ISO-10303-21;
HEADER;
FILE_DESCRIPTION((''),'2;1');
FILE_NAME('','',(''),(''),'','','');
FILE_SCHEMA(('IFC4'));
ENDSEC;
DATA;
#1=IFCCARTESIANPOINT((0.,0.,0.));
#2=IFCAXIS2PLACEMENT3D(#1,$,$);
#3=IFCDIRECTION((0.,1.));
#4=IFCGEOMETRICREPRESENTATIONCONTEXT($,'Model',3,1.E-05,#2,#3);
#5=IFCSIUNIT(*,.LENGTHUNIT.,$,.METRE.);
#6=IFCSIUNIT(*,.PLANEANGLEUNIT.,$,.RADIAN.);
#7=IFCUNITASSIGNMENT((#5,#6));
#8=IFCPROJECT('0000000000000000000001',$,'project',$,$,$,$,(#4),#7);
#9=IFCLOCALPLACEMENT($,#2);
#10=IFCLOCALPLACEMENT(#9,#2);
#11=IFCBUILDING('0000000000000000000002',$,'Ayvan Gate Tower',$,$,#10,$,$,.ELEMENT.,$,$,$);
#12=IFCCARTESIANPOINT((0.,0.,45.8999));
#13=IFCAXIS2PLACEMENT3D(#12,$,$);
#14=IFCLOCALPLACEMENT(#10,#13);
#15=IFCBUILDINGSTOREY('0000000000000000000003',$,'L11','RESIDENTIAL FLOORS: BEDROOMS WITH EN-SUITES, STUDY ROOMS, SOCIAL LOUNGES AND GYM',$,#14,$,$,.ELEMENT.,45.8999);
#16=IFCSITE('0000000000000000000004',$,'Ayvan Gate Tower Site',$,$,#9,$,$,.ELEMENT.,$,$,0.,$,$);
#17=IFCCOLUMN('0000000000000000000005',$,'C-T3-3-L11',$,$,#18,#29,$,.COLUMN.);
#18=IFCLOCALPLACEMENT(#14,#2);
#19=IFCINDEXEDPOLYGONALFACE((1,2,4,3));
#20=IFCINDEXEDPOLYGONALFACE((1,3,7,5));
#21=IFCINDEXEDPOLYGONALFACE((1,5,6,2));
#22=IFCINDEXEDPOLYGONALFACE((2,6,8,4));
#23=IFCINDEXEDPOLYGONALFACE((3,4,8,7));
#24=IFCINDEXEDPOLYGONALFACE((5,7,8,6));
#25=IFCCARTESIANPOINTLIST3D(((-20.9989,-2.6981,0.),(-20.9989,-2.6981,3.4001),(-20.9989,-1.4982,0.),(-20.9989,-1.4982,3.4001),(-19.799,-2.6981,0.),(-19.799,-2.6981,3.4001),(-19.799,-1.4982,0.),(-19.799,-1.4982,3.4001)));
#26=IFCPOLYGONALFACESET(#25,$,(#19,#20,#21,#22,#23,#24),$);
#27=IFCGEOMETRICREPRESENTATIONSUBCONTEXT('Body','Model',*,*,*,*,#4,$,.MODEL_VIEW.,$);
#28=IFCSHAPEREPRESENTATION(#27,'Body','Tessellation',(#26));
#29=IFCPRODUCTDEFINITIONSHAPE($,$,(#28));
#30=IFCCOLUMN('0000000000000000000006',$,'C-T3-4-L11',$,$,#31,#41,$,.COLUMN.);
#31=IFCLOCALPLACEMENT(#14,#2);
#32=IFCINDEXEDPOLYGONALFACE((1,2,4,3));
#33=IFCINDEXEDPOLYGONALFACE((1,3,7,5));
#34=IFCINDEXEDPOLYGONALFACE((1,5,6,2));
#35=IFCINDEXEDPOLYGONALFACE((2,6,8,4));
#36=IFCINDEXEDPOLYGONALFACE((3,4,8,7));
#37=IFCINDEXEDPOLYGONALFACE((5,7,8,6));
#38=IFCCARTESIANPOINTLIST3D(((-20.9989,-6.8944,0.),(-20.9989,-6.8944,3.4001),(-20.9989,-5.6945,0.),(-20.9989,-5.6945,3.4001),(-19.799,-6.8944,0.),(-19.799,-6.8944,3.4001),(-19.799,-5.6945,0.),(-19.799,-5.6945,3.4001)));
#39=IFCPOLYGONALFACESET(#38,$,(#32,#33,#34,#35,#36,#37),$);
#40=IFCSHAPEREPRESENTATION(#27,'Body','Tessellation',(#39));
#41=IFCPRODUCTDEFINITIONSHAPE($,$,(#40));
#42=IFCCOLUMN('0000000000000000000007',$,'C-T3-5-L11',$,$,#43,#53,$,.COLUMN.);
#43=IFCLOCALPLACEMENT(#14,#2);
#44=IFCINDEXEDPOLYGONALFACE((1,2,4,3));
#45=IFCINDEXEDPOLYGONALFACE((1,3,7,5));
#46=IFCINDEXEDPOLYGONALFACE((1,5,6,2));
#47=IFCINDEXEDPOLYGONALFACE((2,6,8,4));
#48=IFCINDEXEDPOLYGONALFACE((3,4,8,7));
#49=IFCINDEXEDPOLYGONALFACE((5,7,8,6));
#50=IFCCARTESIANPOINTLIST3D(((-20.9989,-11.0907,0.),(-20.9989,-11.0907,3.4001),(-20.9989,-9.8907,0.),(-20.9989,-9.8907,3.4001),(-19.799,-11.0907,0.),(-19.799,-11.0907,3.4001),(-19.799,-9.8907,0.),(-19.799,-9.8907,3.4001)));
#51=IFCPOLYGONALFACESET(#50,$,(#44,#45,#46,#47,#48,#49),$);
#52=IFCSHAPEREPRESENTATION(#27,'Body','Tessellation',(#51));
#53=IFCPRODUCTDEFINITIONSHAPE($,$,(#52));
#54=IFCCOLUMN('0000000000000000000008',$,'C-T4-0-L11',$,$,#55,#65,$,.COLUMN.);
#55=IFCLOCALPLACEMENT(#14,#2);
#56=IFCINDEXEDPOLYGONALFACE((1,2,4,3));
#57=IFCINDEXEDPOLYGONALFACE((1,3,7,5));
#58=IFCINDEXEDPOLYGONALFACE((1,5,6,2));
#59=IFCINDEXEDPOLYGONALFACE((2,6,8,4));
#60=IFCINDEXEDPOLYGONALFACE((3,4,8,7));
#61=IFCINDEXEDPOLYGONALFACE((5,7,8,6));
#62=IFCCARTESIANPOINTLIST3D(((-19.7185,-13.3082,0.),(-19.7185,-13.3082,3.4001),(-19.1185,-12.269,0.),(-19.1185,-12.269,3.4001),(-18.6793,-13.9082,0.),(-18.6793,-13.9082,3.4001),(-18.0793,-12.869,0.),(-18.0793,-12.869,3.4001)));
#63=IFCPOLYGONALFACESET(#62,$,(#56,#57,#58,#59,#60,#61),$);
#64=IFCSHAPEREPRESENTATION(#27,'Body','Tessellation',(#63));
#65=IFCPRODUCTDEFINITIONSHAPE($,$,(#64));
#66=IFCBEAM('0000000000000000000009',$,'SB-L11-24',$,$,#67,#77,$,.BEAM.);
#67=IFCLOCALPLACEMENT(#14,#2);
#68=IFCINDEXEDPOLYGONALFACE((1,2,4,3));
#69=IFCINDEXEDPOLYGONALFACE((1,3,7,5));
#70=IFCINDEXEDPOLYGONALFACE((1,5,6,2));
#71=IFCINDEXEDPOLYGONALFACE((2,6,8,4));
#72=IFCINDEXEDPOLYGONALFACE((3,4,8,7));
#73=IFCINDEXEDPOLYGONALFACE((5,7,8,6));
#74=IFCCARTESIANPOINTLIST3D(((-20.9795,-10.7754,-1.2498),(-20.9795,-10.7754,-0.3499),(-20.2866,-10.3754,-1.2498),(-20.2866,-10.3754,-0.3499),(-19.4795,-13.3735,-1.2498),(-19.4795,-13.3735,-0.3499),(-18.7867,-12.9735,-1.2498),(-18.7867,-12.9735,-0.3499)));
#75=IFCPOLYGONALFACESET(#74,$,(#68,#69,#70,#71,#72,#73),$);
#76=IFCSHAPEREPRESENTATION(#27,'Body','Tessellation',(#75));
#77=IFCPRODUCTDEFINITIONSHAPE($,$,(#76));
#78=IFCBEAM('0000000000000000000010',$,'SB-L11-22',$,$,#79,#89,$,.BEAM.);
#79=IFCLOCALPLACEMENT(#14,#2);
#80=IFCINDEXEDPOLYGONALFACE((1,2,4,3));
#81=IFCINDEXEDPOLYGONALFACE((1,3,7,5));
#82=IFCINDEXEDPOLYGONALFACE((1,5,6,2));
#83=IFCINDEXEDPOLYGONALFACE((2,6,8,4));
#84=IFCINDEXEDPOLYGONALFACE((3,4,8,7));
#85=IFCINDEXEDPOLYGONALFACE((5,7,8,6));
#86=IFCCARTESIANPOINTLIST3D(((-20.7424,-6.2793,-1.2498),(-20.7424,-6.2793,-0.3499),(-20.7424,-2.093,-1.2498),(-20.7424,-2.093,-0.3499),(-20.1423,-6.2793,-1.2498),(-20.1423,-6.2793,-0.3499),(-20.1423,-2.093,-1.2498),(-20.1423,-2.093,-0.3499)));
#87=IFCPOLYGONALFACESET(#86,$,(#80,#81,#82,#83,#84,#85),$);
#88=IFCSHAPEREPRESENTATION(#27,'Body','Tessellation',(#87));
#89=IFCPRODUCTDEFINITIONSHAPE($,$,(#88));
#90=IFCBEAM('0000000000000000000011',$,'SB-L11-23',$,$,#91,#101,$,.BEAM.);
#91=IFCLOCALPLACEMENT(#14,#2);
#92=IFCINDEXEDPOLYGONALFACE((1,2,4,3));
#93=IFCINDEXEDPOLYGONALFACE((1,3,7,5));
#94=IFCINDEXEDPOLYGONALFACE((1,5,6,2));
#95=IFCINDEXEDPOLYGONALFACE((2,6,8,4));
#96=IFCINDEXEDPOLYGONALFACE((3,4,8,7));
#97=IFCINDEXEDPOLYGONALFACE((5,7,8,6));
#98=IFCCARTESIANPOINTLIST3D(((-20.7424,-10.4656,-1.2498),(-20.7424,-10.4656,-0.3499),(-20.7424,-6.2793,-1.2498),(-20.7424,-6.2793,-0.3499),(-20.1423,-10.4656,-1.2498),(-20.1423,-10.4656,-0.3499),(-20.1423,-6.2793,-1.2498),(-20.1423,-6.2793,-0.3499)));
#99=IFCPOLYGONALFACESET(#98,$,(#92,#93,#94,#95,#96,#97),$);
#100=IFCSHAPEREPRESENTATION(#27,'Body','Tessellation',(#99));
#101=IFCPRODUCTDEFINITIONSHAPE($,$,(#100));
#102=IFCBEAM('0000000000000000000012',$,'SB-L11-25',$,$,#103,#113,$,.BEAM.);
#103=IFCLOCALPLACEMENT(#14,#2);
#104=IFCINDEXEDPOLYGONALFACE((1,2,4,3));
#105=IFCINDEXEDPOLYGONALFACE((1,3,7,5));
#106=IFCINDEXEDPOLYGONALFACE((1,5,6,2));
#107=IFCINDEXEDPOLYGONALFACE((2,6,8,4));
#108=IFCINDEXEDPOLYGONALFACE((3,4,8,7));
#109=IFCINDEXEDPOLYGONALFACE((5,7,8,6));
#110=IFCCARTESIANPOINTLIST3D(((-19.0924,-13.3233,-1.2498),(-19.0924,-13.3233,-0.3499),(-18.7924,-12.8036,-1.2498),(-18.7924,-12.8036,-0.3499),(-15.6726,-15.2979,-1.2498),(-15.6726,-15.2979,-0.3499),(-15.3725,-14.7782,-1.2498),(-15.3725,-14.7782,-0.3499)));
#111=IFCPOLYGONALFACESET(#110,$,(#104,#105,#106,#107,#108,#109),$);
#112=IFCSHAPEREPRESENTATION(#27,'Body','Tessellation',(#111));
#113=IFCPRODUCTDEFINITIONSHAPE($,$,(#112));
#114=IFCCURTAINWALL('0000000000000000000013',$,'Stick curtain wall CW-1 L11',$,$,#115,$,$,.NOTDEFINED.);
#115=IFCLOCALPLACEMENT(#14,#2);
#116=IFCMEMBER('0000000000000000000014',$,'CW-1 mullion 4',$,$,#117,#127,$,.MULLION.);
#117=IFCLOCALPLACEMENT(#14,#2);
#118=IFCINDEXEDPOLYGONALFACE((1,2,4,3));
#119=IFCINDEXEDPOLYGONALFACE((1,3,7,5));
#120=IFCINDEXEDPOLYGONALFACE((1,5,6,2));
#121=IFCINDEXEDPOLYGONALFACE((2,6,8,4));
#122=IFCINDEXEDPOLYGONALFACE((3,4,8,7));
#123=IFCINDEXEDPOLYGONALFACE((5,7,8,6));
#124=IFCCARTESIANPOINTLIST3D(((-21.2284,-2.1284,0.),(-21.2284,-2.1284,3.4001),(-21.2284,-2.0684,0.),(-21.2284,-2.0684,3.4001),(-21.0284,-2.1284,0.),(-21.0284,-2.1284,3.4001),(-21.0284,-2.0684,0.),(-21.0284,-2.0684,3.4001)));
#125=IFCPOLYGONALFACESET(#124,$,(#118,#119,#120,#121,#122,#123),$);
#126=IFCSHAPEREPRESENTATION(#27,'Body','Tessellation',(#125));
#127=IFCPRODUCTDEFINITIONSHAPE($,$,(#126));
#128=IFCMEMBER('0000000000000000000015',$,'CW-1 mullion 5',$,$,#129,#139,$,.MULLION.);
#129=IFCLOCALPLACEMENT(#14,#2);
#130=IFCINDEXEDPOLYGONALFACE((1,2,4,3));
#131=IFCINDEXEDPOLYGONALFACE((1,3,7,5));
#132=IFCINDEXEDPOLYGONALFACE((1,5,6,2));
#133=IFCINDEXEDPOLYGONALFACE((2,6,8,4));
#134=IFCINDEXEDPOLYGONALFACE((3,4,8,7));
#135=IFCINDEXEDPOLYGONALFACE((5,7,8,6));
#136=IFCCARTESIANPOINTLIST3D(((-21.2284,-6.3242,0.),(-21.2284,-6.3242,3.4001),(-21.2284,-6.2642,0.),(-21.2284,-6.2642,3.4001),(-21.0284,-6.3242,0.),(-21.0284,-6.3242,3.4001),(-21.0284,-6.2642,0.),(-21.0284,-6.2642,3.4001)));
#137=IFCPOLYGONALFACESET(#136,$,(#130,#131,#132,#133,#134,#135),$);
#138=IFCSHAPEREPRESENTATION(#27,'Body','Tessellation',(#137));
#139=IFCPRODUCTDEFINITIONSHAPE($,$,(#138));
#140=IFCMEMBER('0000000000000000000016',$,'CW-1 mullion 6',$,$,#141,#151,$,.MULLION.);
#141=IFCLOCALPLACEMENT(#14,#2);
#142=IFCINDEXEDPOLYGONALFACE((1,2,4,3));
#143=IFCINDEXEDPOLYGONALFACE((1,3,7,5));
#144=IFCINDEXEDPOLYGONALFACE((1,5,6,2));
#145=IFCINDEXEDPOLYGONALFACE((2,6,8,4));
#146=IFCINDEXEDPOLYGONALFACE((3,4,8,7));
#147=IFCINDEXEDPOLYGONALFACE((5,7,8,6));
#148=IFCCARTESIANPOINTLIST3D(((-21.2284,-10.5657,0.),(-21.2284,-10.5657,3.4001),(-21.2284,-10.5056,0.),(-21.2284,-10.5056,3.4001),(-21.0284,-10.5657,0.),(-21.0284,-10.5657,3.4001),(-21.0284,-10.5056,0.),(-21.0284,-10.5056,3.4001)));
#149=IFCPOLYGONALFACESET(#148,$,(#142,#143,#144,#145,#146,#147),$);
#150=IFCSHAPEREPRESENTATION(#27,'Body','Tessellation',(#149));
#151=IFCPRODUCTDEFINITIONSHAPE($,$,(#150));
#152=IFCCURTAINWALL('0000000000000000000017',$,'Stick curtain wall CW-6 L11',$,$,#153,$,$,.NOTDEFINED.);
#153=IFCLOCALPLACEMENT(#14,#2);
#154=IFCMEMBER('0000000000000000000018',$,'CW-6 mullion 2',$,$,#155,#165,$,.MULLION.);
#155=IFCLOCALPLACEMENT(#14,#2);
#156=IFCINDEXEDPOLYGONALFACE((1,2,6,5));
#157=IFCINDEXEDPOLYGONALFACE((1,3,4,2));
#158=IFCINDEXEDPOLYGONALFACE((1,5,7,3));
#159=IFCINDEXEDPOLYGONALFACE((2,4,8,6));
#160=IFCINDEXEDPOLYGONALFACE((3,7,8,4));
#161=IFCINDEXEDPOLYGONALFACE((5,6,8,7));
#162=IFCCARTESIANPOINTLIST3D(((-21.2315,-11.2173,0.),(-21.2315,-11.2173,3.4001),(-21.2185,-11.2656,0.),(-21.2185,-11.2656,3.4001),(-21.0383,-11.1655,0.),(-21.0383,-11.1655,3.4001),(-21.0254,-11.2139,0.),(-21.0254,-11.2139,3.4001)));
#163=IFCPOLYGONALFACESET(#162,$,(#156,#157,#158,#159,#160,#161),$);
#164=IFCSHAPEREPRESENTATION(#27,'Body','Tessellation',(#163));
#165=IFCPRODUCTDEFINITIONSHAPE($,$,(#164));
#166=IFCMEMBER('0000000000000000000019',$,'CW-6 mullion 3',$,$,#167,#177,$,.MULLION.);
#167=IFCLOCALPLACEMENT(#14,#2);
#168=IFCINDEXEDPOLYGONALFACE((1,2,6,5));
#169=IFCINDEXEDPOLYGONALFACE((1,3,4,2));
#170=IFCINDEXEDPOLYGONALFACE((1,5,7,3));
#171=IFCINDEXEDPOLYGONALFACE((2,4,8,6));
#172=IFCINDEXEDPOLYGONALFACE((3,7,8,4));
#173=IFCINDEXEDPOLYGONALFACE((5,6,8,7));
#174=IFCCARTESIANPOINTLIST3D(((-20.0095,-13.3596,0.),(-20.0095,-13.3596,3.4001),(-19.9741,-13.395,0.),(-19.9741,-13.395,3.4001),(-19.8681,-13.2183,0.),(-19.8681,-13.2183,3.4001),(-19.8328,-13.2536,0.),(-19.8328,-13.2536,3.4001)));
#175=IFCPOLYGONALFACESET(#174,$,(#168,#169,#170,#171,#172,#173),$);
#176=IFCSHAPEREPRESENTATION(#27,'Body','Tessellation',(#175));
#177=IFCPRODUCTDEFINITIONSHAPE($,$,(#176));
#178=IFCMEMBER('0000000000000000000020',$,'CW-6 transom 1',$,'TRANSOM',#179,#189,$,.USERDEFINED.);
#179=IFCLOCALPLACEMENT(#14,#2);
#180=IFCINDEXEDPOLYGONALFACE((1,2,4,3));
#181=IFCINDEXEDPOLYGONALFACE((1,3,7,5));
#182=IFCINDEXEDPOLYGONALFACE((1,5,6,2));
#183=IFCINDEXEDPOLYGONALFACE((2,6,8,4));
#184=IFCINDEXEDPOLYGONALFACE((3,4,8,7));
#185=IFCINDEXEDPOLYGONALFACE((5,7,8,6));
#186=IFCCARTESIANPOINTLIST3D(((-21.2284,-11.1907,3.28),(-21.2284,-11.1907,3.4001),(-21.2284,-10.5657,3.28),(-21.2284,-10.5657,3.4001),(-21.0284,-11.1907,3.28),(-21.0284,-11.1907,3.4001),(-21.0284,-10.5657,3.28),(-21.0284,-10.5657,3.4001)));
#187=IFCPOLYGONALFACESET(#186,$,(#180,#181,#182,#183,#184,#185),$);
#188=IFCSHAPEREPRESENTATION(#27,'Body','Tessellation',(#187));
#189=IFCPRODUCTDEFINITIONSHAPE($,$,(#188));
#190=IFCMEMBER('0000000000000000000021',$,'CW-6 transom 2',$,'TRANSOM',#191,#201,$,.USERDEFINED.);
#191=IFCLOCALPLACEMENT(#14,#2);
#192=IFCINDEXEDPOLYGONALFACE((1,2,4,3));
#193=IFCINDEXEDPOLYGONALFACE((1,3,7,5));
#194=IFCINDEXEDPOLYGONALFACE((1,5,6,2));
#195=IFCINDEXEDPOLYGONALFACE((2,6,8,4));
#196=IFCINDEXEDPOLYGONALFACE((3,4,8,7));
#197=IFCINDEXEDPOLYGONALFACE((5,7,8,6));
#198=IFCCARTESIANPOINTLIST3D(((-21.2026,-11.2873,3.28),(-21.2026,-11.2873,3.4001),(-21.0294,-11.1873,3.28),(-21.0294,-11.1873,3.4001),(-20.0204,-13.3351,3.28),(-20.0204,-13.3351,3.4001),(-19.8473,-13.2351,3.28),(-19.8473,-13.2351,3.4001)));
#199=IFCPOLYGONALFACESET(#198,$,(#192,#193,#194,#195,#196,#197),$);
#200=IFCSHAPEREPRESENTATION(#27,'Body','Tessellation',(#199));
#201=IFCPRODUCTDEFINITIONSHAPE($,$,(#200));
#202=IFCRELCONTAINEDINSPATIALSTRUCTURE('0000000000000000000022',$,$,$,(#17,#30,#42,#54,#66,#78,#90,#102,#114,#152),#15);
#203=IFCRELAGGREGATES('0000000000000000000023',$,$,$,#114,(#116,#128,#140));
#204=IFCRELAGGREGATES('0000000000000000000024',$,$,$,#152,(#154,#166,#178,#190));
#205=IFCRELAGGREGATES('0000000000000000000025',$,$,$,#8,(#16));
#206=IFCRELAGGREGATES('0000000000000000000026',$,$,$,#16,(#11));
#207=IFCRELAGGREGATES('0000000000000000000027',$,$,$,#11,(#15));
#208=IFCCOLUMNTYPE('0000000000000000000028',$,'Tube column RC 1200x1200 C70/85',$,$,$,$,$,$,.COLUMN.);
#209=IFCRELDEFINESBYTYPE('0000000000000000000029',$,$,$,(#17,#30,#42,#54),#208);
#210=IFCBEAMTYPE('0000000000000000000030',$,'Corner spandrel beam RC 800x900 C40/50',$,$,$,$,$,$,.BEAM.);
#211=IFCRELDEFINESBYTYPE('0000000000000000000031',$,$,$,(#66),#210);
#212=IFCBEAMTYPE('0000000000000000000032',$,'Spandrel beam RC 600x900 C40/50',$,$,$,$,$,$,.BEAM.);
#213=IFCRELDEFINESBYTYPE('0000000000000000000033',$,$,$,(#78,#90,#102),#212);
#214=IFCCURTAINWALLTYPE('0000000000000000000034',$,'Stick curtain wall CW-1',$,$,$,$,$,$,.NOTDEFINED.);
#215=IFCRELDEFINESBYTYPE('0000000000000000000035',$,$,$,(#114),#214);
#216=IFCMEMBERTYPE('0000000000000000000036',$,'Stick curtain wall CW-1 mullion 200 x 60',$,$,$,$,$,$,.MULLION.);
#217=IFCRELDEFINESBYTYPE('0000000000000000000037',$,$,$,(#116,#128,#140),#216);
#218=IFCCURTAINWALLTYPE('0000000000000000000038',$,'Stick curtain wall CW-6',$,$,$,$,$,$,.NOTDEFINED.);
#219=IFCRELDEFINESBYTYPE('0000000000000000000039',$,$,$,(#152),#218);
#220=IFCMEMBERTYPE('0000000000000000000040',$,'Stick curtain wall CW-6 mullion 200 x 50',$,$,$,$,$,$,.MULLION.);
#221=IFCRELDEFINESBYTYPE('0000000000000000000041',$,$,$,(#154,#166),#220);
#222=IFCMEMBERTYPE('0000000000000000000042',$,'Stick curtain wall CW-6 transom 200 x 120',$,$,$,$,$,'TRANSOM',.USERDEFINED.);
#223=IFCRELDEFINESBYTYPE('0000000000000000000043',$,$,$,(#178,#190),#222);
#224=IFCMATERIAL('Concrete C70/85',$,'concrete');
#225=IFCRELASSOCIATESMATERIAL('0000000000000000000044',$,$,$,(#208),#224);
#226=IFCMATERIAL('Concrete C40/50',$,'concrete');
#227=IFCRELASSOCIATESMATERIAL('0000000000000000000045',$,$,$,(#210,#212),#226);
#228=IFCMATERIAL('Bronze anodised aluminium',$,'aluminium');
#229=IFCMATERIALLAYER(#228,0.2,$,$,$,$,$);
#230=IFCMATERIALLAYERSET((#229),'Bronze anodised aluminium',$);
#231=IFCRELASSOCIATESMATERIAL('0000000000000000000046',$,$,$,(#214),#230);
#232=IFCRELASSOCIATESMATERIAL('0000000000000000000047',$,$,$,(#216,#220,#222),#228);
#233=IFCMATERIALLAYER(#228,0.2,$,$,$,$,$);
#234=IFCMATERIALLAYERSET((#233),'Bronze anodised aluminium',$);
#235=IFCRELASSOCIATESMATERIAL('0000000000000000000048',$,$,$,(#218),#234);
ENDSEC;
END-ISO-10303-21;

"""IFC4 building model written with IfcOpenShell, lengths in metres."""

from ifc_helpers import new_model, si_unit, direction, frame, origin, origin_2d, place, context, subcontext, project, spatial, rectangle, extrude, material, layer, layer_set, material_profile, profile_set, type_object, element, aggregate, save


model = new_model("IFC4")

# Units and contexts
model_context = context("Model", 3, precision=1e-05, world=origin(), true_north=direction((0.0, 1.0)))
body_context = subcontext(model_context, "Body", "Model", "MODEL_VIEW")
ifc_project = project(units=[si_unit("LENGTHUNIT", "METRE"), si_unit("PLANEANGLEUNIT", "RADIAN")], contexts=[model_context])

# Site, building, storey
site_placement = place(None, origin())
site = spatial("IfcSite", under=ifc_project, at=site_placement, Name="Ayvan Gate Tower Site", CompositionType="ELEMENT", RefElevation=0.0)
building_placement = place(site_placement, origin())
building = spatial("IfcBuilding", under=site, at=building_placement, Name="Ayvan Gate Tower", CompositionType="ELEMENT")
storey_placement = place(building_placement, frame((0.0, 0.0, 45.8999)))
storey = spatial("IfcBuildingStorey", under=building, at=storey_placement, Name="L11", Description="RESIDENTIAL FLOORS: BEDROOMS WITH EN-SUITES, STUDY ROOMS, SOCIAL LOUNGES AND GYM", CompositionType="ELEMENT", Elevation=45.8999)

# Columns
ifc_material_1 = material(Name="Concrete C70/85", Category="concrete")
ifc_material_profile_1 = material_profile(ifc_material_1, rectangle(XDim=1.2, YDim=1.2, at=origin_2d()), Name="RC 1200x1200")
ifc_profile_set_1 = profile_set([ifc_material_profile_1], Name="Concrete C70/85")
column_type = type_object("IfcColumnType", Name="Tube column RC 1200x1200 C70/85", PredefinedType="COLUMN", material=ifc_profile_set_1)
for number, where, z_axis, x_axis, name in (
    (1, (-20.3989, -2.0981, 0.0), (0.0, 0.0, 1.0), (-1.0, 0.0, 0.0), "C-T3-3-L11"),
    (2, (-20.3989, -6.2944, 0.0), (0.0, 0.0, 1.0), (-1.0, 0.0, 0.0), "C-T3-4-L11"),
    (3, (-20.3989, -10.4907, 0.0), (0.0, 0.0, 1.0), (-1.0, 0.0, 0.0), "C-T3-5-L11"),
    (4, (-18.8989, -13.0886, 0.0), (0.0, 0.0, 1.0), (-0.5, -0.866025, 0.0), "C-T4-0-L11"),
):
    element("IfcColumn", number, at=place(storey_placement, frame(where, z_axis=z_axis, x_axis=x_axis)), inside=storey, type_object=column_type, Name=name, PredefinedType="COLUMN", context=body_context, shape_type="SweptSolid", body=[
        extrude(rectangle(XDim=1.2, YDim=1.2, at=origin_2d()), origin(), (0.0, 0.0, 1.0), 3.4001),
    ])

# Beams
ifc_material_2 = material(Name="Concrete C40/50", Category="concrete")
ifc_material_profile_2 = material_profile(ifc_material_2, rectangle(XDim=0.8, YDim=0.8999, at=origin_2d()), Name="RC 800x900")
ifc_profile_set_2 = profile_set([ifc_material_profile_2], Name="Concrete C40/50")
beam_type_1 = type_object("IfcBeamType", Name="Corner spandrel beam RC 800x900 C40/50", PredefinedType="BEAM", material=ifc_profile_set_2)
beam_1_placement = place(storey_placement, frame((-20.6331, -10.5754, -0.7998), z_axis=(0.49999, -0.866031, 0.0), x_axis=(0.866031, 0.49999, 0.0)))
element("IfcBeam", 5, at=beam_1_placement, inside=storey, type_object=beam_type_1, Name="SB-L11-24", PredefinedType="BEAM", context=body_context, shape_type="SweptSolid", body=[
    extrude(rectangle(XDim=0.8, YDim=0.8999, at=origin_2d()), origin(), (0.0, 0.0, 1.0), 3.0),
])
ifc_material_profile_3 = material_profile(ifc_material_2, rectangle(XDim=0.6001, YDim=0.8999, at=origin_2d()), Name="RC 600x900")
ifc_profile_set_3 = profile_set([ifc_material_profile_3], Name="Concrete C40/50")
beam_type_2 = type_object("IfcBeamType", Name="Spandrel beam RC 600x900 C40/50", PredefinedType="BEAM", material=ifc_profile_set_3)
for number, where, z_axis, x_axis, name in (
    (6, (-20.4424, -2.093, -0.7998), (0.0, -1.0, 0.0), (1.0, 0.0, 0.0), "SB-L11-22"),
    (7, (-20.4424, -6.2793, -0.7998), (0.0, -1.0, 0.0), (1.0, 0.0, 0.0), "SB-L11-23"),
):
    element("IfcBeam", number, at=place(storey_placement, frame(where, z_axis=z_axis, x_axis=x_axis)), inside=storey, type_object=beam_type_2, Name=name, PredefinedType="BEAM", context=body_context, shape_type="SweptSolid", body=[
        extrude(rectangle(XDim=0.6001, YDim=0.8999, at=origin_2d()), origin(), (0.0, 0.0, 1.0), 4.1863),
    ])
beam_2_placement = place(storey_placement, frame((-18.9424, -13.0635, -0.7998), z_axis=(0.866013, -0.500022, 0.0), x_axis=(0.500022, 0.866013, 0.0)))
element("IfcBeam", 8, at=beam_2_placement, inside=storey, type_object=beam_type_2, Name="SB-L11-25", PredefinedType="BEAM", context=body_context, shape_type="SweptSolid", body=[
    extrude(rectangle(XDim=0.6001, YDim=0.8999, at=origin_2d()), origin(), (0.0, 0.0, 1.0), 3.949),
])

# Curtain walls, members
ifc_material_3 = material(Name="Bronze anodised aluminium", Category="aluminium")
ifc_layer_1 = layer(ifc_material_3, 0.2)
ifc_layer_set_1 = layer_set([ifc_layer_1], Name="Bronze anodised aluminium")
curtain_wall_type_1 = type_object("IfcCurtainWallType", Name="Stick curtain wall CW-1", PredefinedType="NOTDEFINED", material=ifc_layer_set_1)
curtain_wall_1_placement = place(storey_placement, origin())
curtain_wall_1 = element("IfcCurtainWall", 9, at=curtain_wall_1_placement, inside=storey, type_object=curtain_wall_type_1, Name="Stick curtain wall CW-1 L11", PredefinedType="NOTDEFINED")
ifc_material_profile_4 = material_profile(ifc_material_3, rectangle(XDim=0.2, YDim=0.0601, at=origin_2d()), Name="Stick curtain wall CW-1 mullion 200 x 60")
ifc_profile_set_4 = profile_set([ifc_material_profile_4], Name="Bronze anodised aluminium")
member_type_1 = type_object("IfcMemberType", Name="Stick curtain wall CW-1 mullion 200 x 60", PredefinedType="MULLION", material=ifc_profile_set_4)
member_1_placement = place(storey_placement, frame((-21.1284, -2.0984, 0.0), z_axis=(0.0, 0.0, 1.0), x_axis=(-1.0, 0.0, 0.0)))
member_1 = element("IfcMember", 10, at=member_1_placement, type_object=member_type_1, Name="CW-1 mullion 4", PredefinedType="MULLION", context=body_context, shape_type="SweptSolid", body=[
    extrude(rectangle(XDim=0.2, YDim=0.0601, at=origin_2d()), origin(), (0.0, 0.0, 1.0), 3.4001),
])
member_2_placement = place(storey_placement, frame((-21.1284, -6.2942, 0.0), z_axis=(0.0, 0.0, 1.0), x_axis=(-1.0, 0.0, 0.0)))
member_2 = element("IfcMember", 11, at=member_2_placement, type_object=member_type_1, Name="CW-1 mullion 5", PredefinedType="MULLION", context=body_context, shape_type="SweptSolid", body=[
    extrude(rectangle(XDim=0.2, YDim=0.0601, at=origin_2d()), origin(), (0.0, 0.0, 1.0), 3.4001),
])
member_3_placement = place(storey_placement, frame((-21.1284, -10.5356, 0.0), z_axis=(0.0, 0.0, 1.0), x_axis=(-1.0, 0.0, 0.0)))
member_3 = element("IfcMember", 12, at=member_3_placement, type_object=member_type_1, Name="CW-1 mullion 6", PredefinedType="MULLION", context=body_context, shape_type="SweptSolid", body=[
    extrude(rectangle(XDim=0.2, YDim=0.0601, at=origin_2d()), origin(), (0.0, 0.0, 1.0), 3.4001),
])
ifc_layer_2 = layer(ifc_material_3, 0.2)
ifc_layer_set_2 = layer_set([ifc_layer_2], Name="Bronze anodised aluminium")
curtain_wall_type_2 = type_object("IfcCurtainWallType", Name="Stick curtain wall CW-6", PredefinedType="NOTDEFINED", material=ifc_layer_set_2)
curtain_wall_2_placement = place(storey_placement, origin())
curtain_wall_2 = element("IfcCurtainWall", 13, at=curtain_wall_2_placement, inside=storey, type_object=curtain_wall_type_2, Name="Stick curtain wall CW-6 L11", PredefinedType="NOTDEFINED")
ifc_material_profile_5 = material_profile(ifc_material_3, rectangle(XDim=0.2, YDim=0.05, at=origin_2d()), Name="Stick curtain wall CW-6 mullion 200 x 50")
ifc_profile_set_5 = profile_set([ifc_material_profile_5], Name="Bronze anodised aluminium")
member_type_2 = type_object("IfcMemberType", Name="Stick curtain wall CW-6 mullion 200 x 50", PredefinedType="MULLION", material=ifc_profile_set_5)
member_4_placement = place(storey_placement, frame((-21.1284, -11.2156, 0.0), z_axis=(0.0, 0.0, 1.0), x_axis=(-0.965926, -0.258819, 0.0)))
member_4 = element("IfcMember", 14, at=member_4_placement, type_object=member_type_2, Name="CW-6 mullion 2", PredefinedType="MULLION", context=body_context, shape_type="SweptSolid", body=[
    extrude(rectangle(XDim=0.2, YDim=0.05, at=origin_2d()), origin(), (0.0, 0.0, 1.0), 3.4001),
])
member_5_placement = place(storey_placement, frame((-19.9211, -13.3066, 0.0), z_axis=(0.0, 0.0, 1.0), x_axis=(-0.707107, -0.707107, 0.0)))
member_5 = element("IfcMember", 15, at=member_5_placement, type_object=member_type_2, Name="CW-6 mullion 3", PredefinedType="MULLION", context=body_context, shape_type="SweptSolid", body=[
    extrude(rectangle(XDim=0.2, YDim=0.05, at=origin_2d()), origin(), (0.0, 0.0, 1.0), 3.4001),
])
ifc_material_profile_6 = material_profile(ifc_material_3, rectangle(XDim=0.2, YDim=0.1201, at=origin_2d()), Name="Stick curtain wall CW-6 transom 200 x 120")
ifc_profile_set_6 = profile_set([ifc_material_profile_6], Name="Bronze anodised aluminium")
member_type_3 = type_object("IfcMemberType", Name="Stick curtain wall CW-6 transom 200 x 120", ElementType="TRANSOM", PredefinedType="USERDEFINED", material=ifc_profile_set_6)
member_6_placement = place(storey_placement, frame((-21.1284, -10.5657, 3.3401), z_axis=(0.0, -1.0, 0.0), x_axis=(1.0, 0.0, 0.0)))
member_6 = element("IfcMember", 16, at=member_6_placement, type_object=member_type_3, Name="CW-6 transom 1", ObjectType="TRANSOM", PredefinedType="USERDEFINED", context=body_context, shape_type="SweptSolid", body=[
    extrude(rectangle(XDim=0.2, YDim=0.1201, at=origin_2d()), origin(), (0.0, 0.0, 1.0), 0.625),
])
member_7_placement = place(storey_placement, frame((-21.116, -11.2373, 3.3401), z_axis=(0.499937, -0.866062, 0.0), x_axis=(0.866062, 0.499937, 0.0)))
member_7 = element("IfcMember", 17, at=member_7_placement, type_object=member_type_3, Name="CW-6 transom 2", ObjectType="TRANSOM", PredefinedType="USERDEFINED", context=body_context, shape_type="SweptSolid", body=[
    extrude(rectangle(XDim=0.2, YDim=0.1201, at=origin_2d()), origin(), (0.0, 0.0, 1.0), 2.3645),
])

aggregate(curtain_wall_1, [member_1, member_2, member_3])
aggregate(curtain_wall_2, [member_4, member_5, member_6, member_7])

save(model, "model.ifc")
